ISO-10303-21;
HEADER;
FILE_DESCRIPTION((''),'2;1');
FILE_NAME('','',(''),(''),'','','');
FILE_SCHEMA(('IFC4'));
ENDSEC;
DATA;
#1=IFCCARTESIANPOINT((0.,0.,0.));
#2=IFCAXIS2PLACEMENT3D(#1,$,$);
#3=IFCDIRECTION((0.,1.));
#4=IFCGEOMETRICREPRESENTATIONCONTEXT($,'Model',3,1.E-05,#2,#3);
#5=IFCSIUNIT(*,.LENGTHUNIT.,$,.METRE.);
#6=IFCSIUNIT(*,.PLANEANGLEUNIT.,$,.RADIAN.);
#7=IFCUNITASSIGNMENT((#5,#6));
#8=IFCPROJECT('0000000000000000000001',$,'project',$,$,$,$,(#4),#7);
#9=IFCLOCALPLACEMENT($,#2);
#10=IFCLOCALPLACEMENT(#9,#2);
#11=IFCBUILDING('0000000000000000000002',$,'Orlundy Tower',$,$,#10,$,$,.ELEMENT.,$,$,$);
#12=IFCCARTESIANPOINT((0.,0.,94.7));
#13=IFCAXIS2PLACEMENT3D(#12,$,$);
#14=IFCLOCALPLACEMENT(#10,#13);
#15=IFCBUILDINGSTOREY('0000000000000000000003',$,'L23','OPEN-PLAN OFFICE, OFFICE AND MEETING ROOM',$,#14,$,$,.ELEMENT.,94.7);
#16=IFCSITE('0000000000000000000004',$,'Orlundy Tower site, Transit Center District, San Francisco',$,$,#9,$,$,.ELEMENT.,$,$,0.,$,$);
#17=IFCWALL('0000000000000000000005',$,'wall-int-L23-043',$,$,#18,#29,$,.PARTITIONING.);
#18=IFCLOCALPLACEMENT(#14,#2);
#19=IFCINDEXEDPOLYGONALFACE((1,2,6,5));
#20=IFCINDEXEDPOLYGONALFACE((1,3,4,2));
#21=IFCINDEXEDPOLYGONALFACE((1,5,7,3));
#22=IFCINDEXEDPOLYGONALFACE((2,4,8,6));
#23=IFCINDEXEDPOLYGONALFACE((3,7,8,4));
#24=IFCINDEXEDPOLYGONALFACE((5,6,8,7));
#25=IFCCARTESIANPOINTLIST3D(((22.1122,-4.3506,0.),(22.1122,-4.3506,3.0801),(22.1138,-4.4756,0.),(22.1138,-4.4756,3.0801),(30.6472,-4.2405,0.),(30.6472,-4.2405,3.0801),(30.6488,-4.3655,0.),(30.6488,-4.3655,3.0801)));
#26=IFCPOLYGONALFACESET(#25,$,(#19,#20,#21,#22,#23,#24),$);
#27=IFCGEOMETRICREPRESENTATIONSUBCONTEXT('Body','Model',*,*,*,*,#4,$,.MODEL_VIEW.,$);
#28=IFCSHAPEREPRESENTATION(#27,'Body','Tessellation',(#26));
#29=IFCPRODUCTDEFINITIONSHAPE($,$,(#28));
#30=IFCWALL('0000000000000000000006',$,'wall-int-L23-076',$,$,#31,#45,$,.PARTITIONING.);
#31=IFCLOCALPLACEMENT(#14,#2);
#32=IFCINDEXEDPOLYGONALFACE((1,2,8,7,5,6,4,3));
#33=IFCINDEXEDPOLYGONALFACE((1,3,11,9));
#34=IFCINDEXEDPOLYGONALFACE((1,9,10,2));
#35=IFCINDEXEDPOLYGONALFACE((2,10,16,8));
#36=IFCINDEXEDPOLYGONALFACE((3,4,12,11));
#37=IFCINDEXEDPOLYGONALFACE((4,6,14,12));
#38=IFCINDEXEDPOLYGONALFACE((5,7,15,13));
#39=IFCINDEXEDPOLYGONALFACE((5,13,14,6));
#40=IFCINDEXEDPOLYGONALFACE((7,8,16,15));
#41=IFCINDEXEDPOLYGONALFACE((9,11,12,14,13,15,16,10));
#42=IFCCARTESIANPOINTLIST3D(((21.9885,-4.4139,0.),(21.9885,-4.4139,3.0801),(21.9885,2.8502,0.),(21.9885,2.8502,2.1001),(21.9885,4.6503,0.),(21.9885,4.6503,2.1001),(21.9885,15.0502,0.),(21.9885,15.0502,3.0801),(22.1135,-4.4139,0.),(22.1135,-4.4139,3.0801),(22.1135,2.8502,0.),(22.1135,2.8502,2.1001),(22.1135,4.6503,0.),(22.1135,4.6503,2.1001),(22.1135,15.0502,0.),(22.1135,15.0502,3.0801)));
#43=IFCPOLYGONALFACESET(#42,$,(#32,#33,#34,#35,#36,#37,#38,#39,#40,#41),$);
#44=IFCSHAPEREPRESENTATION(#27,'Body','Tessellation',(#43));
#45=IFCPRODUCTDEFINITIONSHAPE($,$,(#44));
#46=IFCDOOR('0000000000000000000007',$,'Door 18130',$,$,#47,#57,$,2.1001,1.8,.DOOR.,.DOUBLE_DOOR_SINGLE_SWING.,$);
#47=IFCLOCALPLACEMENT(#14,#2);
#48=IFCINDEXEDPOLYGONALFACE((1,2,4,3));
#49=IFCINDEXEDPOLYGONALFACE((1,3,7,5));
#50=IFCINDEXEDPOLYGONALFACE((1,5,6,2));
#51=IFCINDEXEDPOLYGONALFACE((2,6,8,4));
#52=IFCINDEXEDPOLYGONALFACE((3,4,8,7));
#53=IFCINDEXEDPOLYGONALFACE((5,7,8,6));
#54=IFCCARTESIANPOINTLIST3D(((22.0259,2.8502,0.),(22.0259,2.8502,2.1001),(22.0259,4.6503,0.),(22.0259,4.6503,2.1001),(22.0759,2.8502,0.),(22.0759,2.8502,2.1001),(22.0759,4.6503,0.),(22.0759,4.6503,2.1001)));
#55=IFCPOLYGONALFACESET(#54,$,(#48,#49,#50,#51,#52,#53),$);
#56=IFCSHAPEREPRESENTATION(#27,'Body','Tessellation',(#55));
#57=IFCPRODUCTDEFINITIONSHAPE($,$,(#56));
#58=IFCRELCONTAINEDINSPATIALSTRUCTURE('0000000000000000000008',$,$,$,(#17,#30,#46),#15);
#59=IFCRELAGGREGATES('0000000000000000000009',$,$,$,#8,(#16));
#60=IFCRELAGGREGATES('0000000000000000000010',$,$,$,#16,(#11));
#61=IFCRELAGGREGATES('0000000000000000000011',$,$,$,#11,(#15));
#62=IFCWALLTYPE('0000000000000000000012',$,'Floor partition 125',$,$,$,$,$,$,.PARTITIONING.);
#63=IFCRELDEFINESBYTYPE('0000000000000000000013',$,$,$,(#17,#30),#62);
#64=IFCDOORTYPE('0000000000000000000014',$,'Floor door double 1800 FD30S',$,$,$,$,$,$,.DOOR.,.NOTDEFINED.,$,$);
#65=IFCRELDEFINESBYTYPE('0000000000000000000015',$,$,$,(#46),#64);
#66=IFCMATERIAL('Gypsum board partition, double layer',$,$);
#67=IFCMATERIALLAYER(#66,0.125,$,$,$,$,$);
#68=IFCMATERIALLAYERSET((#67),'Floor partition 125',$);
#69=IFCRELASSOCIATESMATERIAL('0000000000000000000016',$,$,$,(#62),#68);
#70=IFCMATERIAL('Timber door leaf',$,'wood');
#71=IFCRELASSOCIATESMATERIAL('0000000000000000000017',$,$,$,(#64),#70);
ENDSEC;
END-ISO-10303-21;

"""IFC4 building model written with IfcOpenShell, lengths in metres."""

from ifc_helpers import new_model, si_unit, direction, frame, frame_2d, origin, place, context, subcontext, project, spatial, rectangle, extrude, material, layer, layer_set, type_object, element, fill, save


model = new_model("IFC4")

# Units and contexts
model_context = context("Model", 3, precision=1e-05, world=origin(), true_north=direction((0.0, 1.0)))
body_context = subcontext(model_context, "Body", "Model", "MODEL_VIEW")
ifc_project = project(units=[si_unit("LENGTHUNIT", "METRE"), si_unit("PLANEANGLEUNIT", "RADIAN")], contexts=[model_context])

# Site, building, storey
site_placement = place(None, origin())
site = spatial("IfcSite", under=ifc_project, at=site_placement, Name="Orlundy Tower site, Transit Center District, San Francisco", CompositionType="ELEMENT", RefElevation=0.0)
building_placement = place(site_placement, origin())
building = spatial("IfcBuilding", under=site, at=building_placement, Name="Orlundy Tower", CompositionType="ELEMENT")
storey_placement = place(building_placement, frame((0.0, 0.0, 94.7)))
storey = spatial("IfcBuildingStorey", under=building, at=storey_placement, Name="L23", Description="OPEN-PLAN OFFICE, OFFICE AND MEETING ROOM", CompositionType="ELEMENT", Elevation=94.7)

# Shared definitions
ifc_material_1 = material(Name="Gypsum board partition, double layer")
ifc_layer_1 = layer(ifc_material_1, 0.125)
ifc_layer_set_1 = layer_set([ifc_layer_1], Name="Floor partition 125")
wall_type_1 = type_object("IfcWallType", Name="Floor partition 125", PredefinedType="PARTITIONING", material=ifc_layer_set_1)

# Shared definitions
ifc_material_2 = material(Name="Timber door leaf", Category="wood")
door_type_1 = type_object("IfcDoorType", Name="Floor door double 1800 FD30S", OperationType="NOTDEFINED", PredefinedType="DOOR", material=ifc_material_2)

# Wall
wall_1_placement = place(storey_placement, frame((22.113, -4.4131, 0.0), z_axis=(0.0, 0.0, 1.0), x_axis=(0.999917, 0.0129, 0.0)))
element("IfcWall", 1, at=wall_1_placement, inside=storey, type_object=wall_type_1, Name="wall-int-L23-043", PredefinedType="PARTITIONING", context=body_context, shape_type="SweptSolid", body=[
    extrude(rectangle(XDim=8.5356, YDim=0.125, at=frame_2d((4.2678, 0.0))), origin(), (0.0, 0.0, 1.0), 3.0801),
])

# Wall, opening, door
wall_2_placement = place(storey_placement, frame((22.051, 15.05, 0.0), z_axis=(0.0, 0.0, 1.0), x_axis=(0.0, -1.0, 0.0)))
wall_2 = element("IfcWall", 2, at=wall_2_placement, inside=storey, type_object=wall_type_1, Name="wall-int-L23-076", PredefinedType="PARTITIONING", context=body_context, shape_type="SweptSolid", body=[
    extrude(rectangle(XDim=19.4641, YDim=0.125, at=frame_2d((9.7319, 0.0))), origin(), (0.0, 0.0, 1.0), 3.0801),
])
opening_1_placement = place(wall_2_placement, frame((10.3999, 0.0, 0.0)))
opening_1 = element("IfcOpeningElement", 3, at=opening_1_placement, cuts=wall_2, PredefinedType="OPENING", context=body_context, shape_type="SweptSolid", body=[
    extrude(rectangle(XDim=1.8, YDim=2.1001, at=frame_2d((0.8999, 1.05))), frame((0.0, 0.0725, 0.0), z_axis=(0.0, -1.0, 0.0), x_axis=(1.0, 0.0, 0.0)), (0.0, 0.0, 1.0), 0.145),
])
door_1_placement = place(opening_1_placement, origin())
door_1 = element("IfcDoor", 4, at=door_1_placement, inside=storey, type_object=door_type_1, Name="Door 18130", OperationType="DOUBLE_DOOR_SINGLE_SWING", OverallHeight=2.1001, OverallWidth=1.8, PredefinedType="DOOR", context=body_context, shape_type="SweptSolid", body=[
    extrude(rectangle(XDim=1.8, YDim=2.1001, at=frame_2d((0.8999, 1.05))), frame((0.0, 0.0249, 0.0), z_axis=(0.0, -1.0, 0.0), x_axis=(1.0, 0.0, 0.0)), (0.0, 0.0, 1.0), 0.05),
])
fill(opening_1, door_1)

save(model, "model.ifc")
